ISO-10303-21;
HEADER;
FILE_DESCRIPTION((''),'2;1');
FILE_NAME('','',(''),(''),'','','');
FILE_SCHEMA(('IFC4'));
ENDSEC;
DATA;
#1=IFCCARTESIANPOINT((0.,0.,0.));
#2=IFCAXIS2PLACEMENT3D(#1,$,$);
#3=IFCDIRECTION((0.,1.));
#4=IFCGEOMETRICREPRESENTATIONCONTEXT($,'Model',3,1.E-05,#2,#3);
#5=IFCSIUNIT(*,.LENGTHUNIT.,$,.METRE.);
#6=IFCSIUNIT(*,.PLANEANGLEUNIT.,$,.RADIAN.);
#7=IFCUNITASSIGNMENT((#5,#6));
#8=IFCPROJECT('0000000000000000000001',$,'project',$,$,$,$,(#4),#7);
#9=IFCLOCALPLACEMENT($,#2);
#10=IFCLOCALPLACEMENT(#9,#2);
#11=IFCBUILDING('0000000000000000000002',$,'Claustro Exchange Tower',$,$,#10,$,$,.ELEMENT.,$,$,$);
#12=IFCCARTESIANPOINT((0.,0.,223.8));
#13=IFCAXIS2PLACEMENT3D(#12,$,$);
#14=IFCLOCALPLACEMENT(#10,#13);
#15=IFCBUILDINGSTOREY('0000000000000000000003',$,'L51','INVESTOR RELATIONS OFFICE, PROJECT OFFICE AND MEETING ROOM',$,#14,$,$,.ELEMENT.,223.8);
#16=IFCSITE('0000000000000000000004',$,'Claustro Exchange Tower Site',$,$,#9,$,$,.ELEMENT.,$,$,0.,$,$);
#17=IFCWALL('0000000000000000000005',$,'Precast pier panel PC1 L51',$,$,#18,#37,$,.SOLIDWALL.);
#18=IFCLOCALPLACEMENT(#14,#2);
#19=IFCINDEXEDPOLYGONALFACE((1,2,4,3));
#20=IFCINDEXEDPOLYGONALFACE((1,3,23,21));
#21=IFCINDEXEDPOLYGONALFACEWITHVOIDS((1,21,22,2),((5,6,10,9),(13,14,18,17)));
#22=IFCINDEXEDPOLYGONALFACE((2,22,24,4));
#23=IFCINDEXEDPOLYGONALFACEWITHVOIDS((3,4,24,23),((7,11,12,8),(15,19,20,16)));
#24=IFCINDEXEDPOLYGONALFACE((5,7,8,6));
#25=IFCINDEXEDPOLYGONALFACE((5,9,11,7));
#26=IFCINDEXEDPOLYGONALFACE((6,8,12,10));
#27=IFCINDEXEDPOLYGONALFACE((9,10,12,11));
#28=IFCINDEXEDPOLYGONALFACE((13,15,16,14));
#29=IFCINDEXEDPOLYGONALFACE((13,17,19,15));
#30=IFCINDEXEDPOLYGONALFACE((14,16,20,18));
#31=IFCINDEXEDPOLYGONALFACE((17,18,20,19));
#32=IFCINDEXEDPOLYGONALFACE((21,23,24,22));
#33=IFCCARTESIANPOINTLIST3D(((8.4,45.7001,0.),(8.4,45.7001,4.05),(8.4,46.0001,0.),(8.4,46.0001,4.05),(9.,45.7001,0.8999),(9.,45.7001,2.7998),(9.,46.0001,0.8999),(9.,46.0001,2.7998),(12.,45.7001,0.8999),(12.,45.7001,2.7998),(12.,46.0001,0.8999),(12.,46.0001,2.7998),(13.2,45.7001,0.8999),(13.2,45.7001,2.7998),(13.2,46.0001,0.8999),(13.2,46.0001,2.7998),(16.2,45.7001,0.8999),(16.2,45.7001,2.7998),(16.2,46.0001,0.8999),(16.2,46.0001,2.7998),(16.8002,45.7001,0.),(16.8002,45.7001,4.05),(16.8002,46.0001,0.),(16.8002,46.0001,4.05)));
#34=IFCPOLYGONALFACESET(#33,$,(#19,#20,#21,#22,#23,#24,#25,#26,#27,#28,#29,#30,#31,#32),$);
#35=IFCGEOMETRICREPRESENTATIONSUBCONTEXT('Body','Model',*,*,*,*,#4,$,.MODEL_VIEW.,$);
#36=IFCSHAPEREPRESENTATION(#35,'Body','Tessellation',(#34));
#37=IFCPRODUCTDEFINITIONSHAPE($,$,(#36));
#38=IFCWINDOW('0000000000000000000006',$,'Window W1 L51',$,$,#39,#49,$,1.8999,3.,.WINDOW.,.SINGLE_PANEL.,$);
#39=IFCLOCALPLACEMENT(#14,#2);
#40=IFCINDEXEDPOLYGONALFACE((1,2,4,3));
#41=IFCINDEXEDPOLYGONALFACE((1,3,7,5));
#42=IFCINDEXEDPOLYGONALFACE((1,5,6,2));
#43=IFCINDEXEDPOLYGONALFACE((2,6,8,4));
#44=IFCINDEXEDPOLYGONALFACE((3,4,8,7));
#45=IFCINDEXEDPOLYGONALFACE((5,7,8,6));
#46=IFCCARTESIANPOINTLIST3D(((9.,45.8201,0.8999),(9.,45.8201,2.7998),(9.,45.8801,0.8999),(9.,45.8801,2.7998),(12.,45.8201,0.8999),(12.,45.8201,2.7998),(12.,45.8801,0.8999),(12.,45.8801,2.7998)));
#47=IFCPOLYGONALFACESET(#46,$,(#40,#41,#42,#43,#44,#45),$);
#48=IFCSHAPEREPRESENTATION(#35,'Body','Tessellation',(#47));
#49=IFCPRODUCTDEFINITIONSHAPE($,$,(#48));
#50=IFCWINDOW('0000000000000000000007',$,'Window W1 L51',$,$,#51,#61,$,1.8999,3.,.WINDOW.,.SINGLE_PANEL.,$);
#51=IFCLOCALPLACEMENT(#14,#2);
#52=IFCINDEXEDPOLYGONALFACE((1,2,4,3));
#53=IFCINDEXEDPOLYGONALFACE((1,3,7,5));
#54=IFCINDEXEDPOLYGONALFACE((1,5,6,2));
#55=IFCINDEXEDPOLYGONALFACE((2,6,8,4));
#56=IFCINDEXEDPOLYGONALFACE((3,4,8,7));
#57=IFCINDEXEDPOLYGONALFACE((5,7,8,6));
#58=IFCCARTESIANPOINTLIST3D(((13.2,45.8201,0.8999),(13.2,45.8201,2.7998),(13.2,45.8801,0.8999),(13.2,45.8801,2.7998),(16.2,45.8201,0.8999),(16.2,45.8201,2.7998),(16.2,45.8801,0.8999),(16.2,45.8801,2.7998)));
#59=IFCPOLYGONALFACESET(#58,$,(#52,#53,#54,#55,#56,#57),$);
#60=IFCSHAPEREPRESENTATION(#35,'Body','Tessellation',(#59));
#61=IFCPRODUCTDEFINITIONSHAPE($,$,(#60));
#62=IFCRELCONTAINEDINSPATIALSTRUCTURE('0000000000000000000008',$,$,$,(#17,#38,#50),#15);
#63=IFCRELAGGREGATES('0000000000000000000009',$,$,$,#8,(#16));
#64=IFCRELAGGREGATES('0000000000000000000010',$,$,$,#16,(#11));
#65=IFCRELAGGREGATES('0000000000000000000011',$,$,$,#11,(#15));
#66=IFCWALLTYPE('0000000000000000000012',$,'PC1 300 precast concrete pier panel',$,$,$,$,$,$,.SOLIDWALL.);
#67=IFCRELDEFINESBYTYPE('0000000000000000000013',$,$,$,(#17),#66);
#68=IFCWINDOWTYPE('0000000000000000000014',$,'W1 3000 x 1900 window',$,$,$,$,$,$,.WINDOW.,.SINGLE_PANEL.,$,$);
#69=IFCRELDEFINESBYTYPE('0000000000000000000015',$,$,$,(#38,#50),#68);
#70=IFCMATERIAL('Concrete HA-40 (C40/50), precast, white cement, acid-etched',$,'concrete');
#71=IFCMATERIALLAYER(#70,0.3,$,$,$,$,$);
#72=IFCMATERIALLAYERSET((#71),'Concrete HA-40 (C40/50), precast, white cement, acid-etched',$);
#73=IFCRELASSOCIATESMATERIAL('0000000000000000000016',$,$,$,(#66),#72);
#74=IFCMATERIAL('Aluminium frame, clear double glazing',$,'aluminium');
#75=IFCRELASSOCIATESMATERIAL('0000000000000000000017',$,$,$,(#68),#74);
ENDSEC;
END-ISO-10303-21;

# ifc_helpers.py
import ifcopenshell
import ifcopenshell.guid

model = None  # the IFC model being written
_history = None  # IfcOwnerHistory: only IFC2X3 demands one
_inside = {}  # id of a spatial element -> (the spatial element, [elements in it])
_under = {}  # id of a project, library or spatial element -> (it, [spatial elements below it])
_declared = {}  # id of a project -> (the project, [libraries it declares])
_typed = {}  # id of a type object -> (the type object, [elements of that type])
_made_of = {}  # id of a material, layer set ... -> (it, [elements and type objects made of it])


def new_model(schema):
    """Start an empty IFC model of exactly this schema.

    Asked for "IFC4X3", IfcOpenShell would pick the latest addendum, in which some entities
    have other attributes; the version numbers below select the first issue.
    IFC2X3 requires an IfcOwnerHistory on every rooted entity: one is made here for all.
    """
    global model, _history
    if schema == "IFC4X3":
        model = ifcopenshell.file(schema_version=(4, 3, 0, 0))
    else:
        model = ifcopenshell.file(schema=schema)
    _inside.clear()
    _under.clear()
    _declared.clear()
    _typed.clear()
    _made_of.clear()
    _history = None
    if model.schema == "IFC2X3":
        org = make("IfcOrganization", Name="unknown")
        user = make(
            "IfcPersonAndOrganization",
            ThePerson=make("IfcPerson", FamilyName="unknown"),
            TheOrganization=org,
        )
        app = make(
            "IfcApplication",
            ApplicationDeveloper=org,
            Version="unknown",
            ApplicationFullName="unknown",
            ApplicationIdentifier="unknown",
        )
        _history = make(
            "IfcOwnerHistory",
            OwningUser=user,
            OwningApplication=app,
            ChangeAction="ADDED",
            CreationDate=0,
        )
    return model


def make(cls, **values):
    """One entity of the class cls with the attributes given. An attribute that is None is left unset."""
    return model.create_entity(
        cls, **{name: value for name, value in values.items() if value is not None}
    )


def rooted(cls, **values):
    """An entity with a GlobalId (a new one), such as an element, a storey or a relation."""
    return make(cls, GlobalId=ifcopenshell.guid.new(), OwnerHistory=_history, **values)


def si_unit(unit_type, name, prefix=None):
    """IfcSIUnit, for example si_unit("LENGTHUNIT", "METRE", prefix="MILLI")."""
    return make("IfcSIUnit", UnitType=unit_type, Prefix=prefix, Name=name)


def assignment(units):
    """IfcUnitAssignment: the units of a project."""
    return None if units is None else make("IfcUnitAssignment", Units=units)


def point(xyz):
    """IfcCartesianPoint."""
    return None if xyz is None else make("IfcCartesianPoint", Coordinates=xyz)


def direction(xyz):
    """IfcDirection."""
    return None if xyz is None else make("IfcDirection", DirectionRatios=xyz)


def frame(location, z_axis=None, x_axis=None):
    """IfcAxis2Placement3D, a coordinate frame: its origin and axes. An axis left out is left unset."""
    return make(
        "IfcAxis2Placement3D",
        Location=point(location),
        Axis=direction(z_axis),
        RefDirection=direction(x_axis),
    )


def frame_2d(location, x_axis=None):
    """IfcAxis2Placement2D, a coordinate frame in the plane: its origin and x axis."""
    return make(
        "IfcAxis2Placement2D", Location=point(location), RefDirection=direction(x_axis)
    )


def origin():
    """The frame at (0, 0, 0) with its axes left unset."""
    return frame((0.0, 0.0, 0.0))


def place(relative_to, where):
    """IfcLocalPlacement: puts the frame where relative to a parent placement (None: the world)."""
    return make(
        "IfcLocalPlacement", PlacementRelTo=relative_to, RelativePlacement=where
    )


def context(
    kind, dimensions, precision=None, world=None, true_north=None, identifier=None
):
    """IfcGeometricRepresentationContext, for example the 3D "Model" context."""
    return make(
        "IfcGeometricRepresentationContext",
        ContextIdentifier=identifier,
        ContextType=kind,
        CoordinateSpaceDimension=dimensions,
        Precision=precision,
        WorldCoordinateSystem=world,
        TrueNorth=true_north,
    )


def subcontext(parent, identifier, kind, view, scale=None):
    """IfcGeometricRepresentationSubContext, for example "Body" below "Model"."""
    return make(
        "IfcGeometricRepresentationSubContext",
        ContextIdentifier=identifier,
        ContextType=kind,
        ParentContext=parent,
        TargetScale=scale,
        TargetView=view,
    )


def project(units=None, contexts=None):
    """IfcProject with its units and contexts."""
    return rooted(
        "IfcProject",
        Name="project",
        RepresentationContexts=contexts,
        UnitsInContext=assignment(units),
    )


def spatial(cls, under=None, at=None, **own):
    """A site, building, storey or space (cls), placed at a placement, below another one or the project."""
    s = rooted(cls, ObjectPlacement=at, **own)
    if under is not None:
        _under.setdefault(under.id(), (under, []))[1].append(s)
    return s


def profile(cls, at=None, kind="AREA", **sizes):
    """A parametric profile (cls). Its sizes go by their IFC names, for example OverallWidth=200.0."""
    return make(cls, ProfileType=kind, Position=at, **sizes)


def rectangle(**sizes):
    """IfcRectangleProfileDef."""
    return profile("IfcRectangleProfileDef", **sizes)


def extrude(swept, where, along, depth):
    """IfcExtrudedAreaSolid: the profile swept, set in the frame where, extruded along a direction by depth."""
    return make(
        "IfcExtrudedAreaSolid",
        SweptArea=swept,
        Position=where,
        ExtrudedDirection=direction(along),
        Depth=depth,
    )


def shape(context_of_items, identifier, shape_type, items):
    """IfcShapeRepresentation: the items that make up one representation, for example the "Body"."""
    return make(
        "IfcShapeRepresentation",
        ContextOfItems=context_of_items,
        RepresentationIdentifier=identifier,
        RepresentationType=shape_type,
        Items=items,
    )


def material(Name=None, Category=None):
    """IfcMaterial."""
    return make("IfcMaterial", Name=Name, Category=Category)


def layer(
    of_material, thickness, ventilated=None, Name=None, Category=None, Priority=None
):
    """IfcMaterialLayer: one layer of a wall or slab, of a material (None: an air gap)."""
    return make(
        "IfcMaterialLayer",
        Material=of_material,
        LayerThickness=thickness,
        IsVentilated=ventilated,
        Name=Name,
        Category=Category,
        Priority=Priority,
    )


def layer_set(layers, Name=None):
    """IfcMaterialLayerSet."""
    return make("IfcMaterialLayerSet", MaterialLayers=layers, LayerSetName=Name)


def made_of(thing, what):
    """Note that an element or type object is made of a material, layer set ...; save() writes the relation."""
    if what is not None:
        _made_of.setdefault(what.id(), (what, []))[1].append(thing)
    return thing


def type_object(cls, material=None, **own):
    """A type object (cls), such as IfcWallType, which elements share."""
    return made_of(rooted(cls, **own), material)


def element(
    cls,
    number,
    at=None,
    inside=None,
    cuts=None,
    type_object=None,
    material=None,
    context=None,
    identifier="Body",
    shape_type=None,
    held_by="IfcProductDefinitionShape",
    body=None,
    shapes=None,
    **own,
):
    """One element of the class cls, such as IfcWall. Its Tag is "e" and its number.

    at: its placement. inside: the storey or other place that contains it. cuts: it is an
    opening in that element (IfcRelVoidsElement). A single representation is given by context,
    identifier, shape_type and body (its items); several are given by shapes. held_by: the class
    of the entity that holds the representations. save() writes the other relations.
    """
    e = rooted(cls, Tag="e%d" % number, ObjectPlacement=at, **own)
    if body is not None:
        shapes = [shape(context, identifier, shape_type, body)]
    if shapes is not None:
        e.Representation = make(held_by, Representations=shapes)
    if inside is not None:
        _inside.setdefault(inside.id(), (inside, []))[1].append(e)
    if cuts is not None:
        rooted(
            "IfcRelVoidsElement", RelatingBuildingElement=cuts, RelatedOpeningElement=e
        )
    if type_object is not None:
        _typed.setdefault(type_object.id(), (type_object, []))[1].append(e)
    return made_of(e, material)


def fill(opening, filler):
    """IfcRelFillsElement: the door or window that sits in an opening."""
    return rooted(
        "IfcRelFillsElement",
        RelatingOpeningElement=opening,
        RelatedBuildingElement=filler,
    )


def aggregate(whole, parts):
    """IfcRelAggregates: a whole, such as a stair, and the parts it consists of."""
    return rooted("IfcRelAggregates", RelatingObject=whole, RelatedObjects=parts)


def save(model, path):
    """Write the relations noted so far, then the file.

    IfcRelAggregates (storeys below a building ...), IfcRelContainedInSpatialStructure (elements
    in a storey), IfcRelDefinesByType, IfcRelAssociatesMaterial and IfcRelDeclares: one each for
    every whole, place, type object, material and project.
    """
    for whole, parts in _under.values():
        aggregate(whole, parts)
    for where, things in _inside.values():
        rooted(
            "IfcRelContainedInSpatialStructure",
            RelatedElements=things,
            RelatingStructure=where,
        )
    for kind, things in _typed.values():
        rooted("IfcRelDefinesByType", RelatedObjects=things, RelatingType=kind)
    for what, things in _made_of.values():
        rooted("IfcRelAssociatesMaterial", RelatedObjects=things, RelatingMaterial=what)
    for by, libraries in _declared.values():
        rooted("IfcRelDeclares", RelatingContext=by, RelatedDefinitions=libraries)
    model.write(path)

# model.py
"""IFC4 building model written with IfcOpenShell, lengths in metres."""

from ifc_helpers import new_model, si_unit, direction, frame, frame_2d, origin, place, context, subcontext, project, spatial, rectangle, extrude, material, layer, layer_set, type_object, element, fill, save


model = new_model("IFC4")

# Units and contexts
model_context = context("Model", 3, precision=1e-05, world=origin(), true_north=direction((0.0, 1.0)))
body_context = subcontext(model_context, "Body", "Model", "MODEL_VIEW")
ifc_project = project(units=[si_unit("LENGTHUNIT", "METRE"), si_unit("PLANEANGLEUNIT", "RADIAN")], contexts=[model_context])

# Site, building, storey
site_placement = place(None, origin())
site = spatial("IfcSite", under=ifc_project, at=site_placement, Name="Claustro Exchange Tower Site", CompositionType="ELEMENT", RefElevation=0.0)
building_placement = place(site_placement, origin())
building = spatial("IfcBuilding", under=site, at=building_placement, Name="Claustro Exchange Tower", CompositionType="ELEMENT")
storey_placement = place(building_placement, frame((0.0, 0.0, 223.8)))
storey = spatial("IfcBuildingStorey", under=building, at=storey_placement, Name="L51", Description="INVESTOR RELATIONS OFFICE, PROJECT OFFICE AND MEETING ROOM", CompositionType="ELEMENT", Elevation=223.8)

# Wall, openings, windows
ifc_material_1 = material(Name="Concrete HA-40 (C40/50), precast, white cement, acid-etched", Category="concrete")
ifc_layer_1 = layer(ifc_material_1, 0.3)
ifc_layer_set_1 = layer_set([ifc_layer_1], Name="Concrete HA-40 (C40/50), precast, white cement, acid-etched")
wall_type_1 = type_object("IfcWallType", Name="PC1 300 precast concrete pier panel", PredefinedType="SOLIDWALL", material=ifc_layer_set_1)
wall_1_placement = place(storey_placement, frame((8.3999, 45.8501, 0.0), z_axis=(0.0, 0.0, 1.0), x_axis=(1.0, 0.0, 0.0)))
wall_1 = element("IfcWall", 1, at=wall_1_placement, inside=storey, type_object=wall_type_1, Name="Precast pier panel PC1 L51", PredefinedType="SOLIDWALL", context=body_context, shape_type="SweptSolid", body=[
    extrude(rectangle(XDim=8.4001, YDim=0.3, at=frame_2d((4.2002, 0.0))), origin(), (0.0, 0.0, 1.0), 4.05),
])
opening_1_placement = place(wall_1_placement, frame((0.6001, 0.0, 0.8999)))
opening_1 = element("IfcOpeningElement", 2, at=opening_1_placement, cuts=wall_1, PredefinedType="OPENING", context=body_context, shape_type="SweptSolid", body=[
    extrude(rectangle(XDim=3.0, YDim=1.8999, at=frame_2d((1.5, 0.95))), frame((0.0, 0.1599, 0.0), z_axis=(0.0, -1.0, 0.0), x_axis=(1.0, 0.0, 0.0)), (0.0, 0.0, 1.0), 0.3201),
])
opening_2_placement = place(wall_1_placement, frame((4.8, 0.0, 0.8999)))
opening_2 = element("IfcOpeningElement", 3, at=opening_2_placement, cuts=wall_1, PredefinedType="OPENING", context=body_context, shape_type="SweptSolid", body=[
    extrude(rectangle(XDim=3.0, YDim=1.8999, at=frame_2d((1.5, 0.95))), frame((0.0, 0.1599, 0.0), z_axis=(0.0, -1.0, 0.0), x_axis=(1.0, 0.0, 0.0)), (0.0, 0.0, 1.0), 0.3201),
])
ifc_material_2 = material(Name="Aluminium frame, clear double glazing", Category="aluminium")
window_type = type_object("IfcWindowType", Name="W1 3000 x 1900 window", PartitioningType="SINGLE_PANEL", PredefinedType="WINDOW", material=ifc_material_2)
window_1_placement = place(opening_1_placement, origin())
window_1 = element("IfcWindow", 4, at=window_1_placement, inside=storey, type_object=window_type, Name="Window W1 L51", OverallHeight=1.8999, OverallWidth=3.0, PartitioningType="SINGLE_PANEL", PredefinedType="WINDOW", context=body_context, shape_type="SweptSolid", body=[
    extrude(rectangle(XDim=3.0, YDim=1.8999, at=frame_2d((1.5, 0.95))), frame((0.0, 0.03, 0.0), z_axis=(0.0, -1.0, 0.0), x_axis=(1.0, 0.0, 0.0)), (0.0, 0.0, 1.0), 0.0601),
])
fill(opening_1, window_1)
window_2_placement = place(opening_2_placement, origin())
window_2 = element("IfcWindow", 5, at=window_2_placement, inside=storey, type_object=window_type, Name="Window W1 L51", OverallHeight=1.8999, OverallWidth=3.0, PartitioningType="SINGLE_PANEL", PredefinedType="WINDOW", context=body_context, shape_type="SweptSolid", body=[
    extrude(rectangle(XDim=3.0, YDim=1.8999, at=frame_2d((1.5, 0.95))), frame((0.0, 0.03, 0.0), z_axis=(0.0, -1.0, 0.0), x_axis=(1.0, 0.0, 0.0)), (0.0, 0.0, 1.0), 0.0601),
])
fill(opening_2, window_2)

save(model, "model.ifc")
